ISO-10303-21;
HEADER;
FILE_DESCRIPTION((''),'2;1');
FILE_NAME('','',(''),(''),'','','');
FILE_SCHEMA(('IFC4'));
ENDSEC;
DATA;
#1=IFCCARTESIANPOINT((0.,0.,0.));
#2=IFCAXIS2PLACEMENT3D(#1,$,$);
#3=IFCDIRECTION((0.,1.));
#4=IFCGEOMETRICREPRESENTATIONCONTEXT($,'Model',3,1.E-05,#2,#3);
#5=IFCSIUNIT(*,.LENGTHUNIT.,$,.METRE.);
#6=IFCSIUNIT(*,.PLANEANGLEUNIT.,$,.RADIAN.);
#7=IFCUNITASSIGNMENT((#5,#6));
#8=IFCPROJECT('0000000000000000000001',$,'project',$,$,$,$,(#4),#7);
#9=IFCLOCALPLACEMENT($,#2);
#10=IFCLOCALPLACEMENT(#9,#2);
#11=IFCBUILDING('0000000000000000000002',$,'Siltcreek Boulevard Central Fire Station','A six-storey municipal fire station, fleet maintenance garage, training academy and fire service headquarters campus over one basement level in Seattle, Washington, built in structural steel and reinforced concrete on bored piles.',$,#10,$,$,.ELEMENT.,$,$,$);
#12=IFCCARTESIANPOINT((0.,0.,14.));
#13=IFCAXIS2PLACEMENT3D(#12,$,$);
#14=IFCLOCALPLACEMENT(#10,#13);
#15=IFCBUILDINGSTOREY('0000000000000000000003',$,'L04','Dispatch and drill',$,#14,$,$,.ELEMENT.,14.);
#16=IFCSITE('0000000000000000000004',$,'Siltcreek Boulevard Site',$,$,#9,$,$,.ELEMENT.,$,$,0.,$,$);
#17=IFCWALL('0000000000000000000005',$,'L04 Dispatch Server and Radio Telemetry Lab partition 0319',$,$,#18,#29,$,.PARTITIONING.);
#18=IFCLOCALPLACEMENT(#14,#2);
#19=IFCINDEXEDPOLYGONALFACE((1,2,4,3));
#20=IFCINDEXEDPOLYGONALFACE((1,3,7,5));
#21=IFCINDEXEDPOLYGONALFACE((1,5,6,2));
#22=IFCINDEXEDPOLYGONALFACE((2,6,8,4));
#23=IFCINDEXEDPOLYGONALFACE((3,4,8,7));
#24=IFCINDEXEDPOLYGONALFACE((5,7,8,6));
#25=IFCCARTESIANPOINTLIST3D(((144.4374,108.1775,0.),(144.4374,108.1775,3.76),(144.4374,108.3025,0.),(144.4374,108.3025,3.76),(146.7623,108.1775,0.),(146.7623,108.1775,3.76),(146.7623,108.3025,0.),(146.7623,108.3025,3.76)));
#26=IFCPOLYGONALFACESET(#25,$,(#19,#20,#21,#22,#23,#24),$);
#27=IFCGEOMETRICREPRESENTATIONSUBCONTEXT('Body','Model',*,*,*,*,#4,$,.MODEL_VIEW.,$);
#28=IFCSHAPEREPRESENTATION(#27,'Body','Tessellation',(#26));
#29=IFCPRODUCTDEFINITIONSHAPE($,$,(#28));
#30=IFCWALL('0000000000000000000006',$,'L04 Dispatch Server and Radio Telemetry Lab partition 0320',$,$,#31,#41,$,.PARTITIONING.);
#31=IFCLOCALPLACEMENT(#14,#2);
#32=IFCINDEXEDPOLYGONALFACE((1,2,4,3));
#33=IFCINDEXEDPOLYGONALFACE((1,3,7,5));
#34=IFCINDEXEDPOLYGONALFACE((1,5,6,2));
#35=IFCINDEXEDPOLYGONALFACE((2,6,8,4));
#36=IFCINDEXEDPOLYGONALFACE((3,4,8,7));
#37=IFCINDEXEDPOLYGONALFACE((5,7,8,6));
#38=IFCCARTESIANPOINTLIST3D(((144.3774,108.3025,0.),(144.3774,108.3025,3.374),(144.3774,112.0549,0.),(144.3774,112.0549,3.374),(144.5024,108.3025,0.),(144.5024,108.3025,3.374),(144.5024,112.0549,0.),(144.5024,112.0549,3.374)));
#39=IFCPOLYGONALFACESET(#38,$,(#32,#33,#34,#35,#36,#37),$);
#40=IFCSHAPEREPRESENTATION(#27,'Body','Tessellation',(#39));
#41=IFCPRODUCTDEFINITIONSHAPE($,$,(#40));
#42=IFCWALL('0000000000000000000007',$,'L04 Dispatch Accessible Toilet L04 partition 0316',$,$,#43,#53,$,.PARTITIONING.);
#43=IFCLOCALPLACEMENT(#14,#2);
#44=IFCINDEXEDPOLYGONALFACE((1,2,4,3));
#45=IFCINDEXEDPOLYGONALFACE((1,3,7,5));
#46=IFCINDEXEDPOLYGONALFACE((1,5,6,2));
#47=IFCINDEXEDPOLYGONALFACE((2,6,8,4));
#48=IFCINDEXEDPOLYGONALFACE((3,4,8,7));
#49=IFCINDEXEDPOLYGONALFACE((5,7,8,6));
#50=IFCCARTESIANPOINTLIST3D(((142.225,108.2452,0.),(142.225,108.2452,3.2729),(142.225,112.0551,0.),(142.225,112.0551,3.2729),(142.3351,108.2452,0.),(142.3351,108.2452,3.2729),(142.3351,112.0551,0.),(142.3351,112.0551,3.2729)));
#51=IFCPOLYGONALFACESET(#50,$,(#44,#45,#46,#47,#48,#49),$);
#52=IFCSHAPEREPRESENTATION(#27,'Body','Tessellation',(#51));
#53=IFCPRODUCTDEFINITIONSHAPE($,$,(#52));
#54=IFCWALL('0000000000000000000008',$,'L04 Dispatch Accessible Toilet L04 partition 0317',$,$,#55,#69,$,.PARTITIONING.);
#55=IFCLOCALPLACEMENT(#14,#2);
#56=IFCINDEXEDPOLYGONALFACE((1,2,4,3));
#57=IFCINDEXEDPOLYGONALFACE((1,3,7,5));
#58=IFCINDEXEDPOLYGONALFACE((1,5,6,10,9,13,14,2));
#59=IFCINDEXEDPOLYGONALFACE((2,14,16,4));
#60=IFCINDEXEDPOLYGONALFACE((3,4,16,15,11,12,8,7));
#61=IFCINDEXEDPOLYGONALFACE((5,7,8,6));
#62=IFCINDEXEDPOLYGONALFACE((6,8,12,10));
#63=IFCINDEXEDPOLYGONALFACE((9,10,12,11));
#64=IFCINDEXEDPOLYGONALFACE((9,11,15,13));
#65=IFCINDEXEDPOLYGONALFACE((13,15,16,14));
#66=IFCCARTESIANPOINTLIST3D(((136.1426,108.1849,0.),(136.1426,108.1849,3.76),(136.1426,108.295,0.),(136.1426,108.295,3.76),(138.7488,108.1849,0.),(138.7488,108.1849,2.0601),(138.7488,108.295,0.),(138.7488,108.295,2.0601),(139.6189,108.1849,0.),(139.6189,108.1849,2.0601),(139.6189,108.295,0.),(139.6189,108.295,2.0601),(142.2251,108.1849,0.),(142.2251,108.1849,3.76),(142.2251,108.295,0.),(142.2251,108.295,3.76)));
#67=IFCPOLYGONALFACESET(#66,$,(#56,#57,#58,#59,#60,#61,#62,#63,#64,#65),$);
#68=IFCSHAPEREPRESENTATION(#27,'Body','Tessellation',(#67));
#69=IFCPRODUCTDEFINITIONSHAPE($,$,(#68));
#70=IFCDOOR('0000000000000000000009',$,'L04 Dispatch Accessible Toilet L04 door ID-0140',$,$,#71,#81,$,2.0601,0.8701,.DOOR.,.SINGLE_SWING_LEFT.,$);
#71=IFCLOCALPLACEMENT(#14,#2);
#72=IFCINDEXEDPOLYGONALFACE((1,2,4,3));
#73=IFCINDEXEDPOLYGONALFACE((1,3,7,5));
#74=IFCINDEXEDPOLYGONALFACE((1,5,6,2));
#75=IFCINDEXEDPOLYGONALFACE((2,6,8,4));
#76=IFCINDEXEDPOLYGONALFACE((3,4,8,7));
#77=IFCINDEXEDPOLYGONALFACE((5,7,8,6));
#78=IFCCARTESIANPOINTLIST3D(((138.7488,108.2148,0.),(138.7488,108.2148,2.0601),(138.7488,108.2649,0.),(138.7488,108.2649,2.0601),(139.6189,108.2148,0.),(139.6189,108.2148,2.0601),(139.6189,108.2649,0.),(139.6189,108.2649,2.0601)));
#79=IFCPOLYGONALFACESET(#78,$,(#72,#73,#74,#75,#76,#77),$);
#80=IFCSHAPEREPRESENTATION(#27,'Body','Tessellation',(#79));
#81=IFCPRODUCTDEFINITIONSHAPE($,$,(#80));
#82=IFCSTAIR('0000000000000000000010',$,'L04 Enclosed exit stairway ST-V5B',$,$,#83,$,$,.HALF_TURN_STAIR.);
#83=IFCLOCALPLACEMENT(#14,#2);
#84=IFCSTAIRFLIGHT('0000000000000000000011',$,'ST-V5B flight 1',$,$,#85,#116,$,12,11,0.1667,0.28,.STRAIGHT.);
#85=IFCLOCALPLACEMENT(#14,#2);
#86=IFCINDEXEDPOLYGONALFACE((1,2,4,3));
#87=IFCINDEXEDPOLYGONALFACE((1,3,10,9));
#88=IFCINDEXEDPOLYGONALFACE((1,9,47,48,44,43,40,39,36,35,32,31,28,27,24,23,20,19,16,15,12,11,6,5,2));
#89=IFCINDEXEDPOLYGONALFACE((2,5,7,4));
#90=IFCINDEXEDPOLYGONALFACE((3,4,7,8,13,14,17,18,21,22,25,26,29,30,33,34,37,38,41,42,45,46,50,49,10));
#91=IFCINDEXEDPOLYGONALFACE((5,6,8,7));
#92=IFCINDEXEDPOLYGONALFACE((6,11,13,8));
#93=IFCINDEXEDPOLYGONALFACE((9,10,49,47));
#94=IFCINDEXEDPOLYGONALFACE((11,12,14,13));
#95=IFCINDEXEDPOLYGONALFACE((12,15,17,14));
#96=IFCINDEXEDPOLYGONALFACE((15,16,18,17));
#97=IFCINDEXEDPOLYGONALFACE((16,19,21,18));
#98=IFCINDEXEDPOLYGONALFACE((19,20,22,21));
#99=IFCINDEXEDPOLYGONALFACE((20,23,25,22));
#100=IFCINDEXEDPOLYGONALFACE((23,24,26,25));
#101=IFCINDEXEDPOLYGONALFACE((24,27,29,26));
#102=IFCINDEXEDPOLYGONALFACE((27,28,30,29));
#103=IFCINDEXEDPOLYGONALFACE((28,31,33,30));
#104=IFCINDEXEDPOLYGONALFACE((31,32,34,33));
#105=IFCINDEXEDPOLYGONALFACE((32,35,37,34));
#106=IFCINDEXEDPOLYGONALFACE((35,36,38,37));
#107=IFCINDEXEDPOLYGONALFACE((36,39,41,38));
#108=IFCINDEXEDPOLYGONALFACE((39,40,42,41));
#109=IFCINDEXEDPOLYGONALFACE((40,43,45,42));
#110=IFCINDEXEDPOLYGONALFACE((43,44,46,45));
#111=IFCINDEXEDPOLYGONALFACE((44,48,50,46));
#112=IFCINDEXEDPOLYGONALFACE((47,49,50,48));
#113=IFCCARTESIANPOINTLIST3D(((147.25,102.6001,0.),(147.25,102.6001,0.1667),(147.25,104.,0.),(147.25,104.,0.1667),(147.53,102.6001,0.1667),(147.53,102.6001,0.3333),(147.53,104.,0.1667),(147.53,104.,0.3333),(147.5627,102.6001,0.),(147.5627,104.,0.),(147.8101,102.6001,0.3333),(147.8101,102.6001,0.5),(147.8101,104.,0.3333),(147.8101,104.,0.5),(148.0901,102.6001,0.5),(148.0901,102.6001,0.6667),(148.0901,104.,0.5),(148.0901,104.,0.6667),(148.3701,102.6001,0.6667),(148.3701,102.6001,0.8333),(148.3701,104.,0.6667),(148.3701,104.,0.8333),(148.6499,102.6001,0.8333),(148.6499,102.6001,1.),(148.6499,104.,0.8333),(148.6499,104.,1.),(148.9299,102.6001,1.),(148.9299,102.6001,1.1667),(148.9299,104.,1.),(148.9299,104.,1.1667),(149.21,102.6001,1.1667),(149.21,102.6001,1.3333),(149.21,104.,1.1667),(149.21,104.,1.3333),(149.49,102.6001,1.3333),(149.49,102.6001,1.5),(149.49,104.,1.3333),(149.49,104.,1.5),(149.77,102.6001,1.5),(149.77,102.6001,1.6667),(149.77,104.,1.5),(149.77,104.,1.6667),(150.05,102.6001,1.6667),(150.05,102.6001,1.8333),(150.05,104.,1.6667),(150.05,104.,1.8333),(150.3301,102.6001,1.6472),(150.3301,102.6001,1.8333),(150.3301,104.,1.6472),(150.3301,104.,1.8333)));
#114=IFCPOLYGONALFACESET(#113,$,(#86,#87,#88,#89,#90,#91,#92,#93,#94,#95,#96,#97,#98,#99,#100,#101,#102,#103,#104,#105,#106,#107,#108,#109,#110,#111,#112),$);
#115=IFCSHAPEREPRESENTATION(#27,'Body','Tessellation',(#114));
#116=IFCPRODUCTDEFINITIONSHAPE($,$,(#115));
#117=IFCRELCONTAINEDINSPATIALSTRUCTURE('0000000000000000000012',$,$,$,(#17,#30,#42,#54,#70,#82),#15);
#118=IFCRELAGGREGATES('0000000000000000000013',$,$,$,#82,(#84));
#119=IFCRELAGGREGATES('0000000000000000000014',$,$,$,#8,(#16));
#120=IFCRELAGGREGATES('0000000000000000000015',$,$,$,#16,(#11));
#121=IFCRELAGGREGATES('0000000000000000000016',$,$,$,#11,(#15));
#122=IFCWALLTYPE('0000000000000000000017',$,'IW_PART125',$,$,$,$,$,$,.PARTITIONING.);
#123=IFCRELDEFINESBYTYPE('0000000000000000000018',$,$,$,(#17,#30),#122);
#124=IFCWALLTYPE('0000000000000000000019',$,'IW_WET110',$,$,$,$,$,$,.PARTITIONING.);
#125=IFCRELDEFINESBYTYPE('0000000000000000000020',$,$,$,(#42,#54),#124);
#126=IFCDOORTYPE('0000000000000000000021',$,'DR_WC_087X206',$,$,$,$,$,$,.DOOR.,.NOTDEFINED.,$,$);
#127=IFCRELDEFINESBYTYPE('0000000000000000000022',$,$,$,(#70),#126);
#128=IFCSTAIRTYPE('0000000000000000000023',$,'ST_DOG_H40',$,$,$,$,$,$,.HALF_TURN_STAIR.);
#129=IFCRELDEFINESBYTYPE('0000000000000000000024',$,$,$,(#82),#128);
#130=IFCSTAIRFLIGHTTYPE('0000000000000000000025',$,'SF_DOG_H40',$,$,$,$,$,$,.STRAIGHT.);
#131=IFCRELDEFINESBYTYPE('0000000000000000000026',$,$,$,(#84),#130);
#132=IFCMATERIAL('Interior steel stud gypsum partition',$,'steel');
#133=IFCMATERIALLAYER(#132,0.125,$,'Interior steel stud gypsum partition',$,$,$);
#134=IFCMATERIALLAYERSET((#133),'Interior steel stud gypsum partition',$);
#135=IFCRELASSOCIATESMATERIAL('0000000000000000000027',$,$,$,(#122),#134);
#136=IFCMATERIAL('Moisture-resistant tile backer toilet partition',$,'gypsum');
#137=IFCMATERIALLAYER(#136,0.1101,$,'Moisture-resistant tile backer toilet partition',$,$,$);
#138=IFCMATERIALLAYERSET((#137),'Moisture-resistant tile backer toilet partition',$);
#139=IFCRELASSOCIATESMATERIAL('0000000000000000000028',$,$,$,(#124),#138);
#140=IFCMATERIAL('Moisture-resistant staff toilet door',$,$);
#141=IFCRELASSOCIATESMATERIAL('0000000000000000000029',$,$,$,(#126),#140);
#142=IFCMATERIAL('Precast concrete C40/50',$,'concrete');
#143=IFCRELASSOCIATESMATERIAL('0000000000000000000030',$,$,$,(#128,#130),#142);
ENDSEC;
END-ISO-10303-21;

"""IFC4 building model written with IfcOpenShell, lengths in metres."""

from ifc_helpers import new_model, si_unit, direction, frame, frame_2d, origin, place, context, subcontext, project, spatial, polyline, rectangle, outline, extrude, material, layer, layer_set, type_object, element, fill, aggregate, save


model = new_model("IFC4")

# Units and contexts
model_context = context("Model", 3, precision=1e-05, world=origin(), true_north=direction((0.0, 1.0)))
body_context = subcontext(model_context, "Body", "Model", "MODEL_VIEW")
ifc_project = project(units=[si_unit("LENGTHUNIT", "METRE"), si_unit("PLANEANGLEUNIT", "RADIAN")], contexts=[model_context])

# Site, building, storey
site_placement = place(None, origin())
site = spatial("IfcSite", under=ifc_project, at=site_placement, Name="Siltcreek Boulevard Site", CompositionType="ELEMENT", RefElevation=0.0)
building_placement = place(site_placement, origin())
building = spatial("IfcBuilding", under=site, at=building_placement, Name="Siltcreek Boulevard Central Fire Station", Description="A six-storey municipal fire station, fleet maintenance garage, training academy and fire service headquarters campus over one basement level in Seattle, Washington, built in structural steel and reinforced concrete on bored piles.", CompositionType="ELEMENT")
storey_placement = place(building_placement, frame((0.0, 0.0, 14.0)))
storey = spatial("IfcBuildingStorey", under=building, at=storey_placement, Name="L04", Description="Dispatch and drill", CompositionType="ELEMENT", Elevation=14.0)

# Shared definitions
ifc_material_1 = material(Name="Interior steel stud gypsum partition", Category="steel")
ifc_layer_1 = layer(ifc_material_1, 0.125, Name="Interior steel stud gypsum partition")
ifc_layer_set_1 = layer_set([ifc_layer_1], Name="Interior steel stud gypsum partition")
wall_type_1 = type_object("IfcWallType", Name="IW_PART125", PredefinedType="PARTITIONING", material=ifc_layer_set_1)

# Walls
wall_1_placement = place(storey_placement, frame((146.7625, 108.24, 0.0), z_axis=(0.0, 0.0, 1.0), x_axis=(-1.0, 0.0, 0.0)))
element("IfcWall", 1, at=wall_1_placement, inside=storey, type_object=wall_type_1, Name="L04 Dispatch Server and Radio Telemetry Lab partition 0319", PredefinedType="PARTITIONING", context=body_context, shape_type="SweptSolid", body=[
    extrude(rectangle(XDim=2.325, YDim=0.125, at=frame_2d((1.1626, 0.0))), origin(), (0.0, 0.0, 1.0), 3.76),
])
wall_2_placement = place(storey_placement, frame((144.4399, 108.3025, 0.0), z_axis=(0.0, 0.0, 1.0), x_axis=(0.0, 1.0, 0.0)))
element("IfcWall", 2, at=wall_2_placement, inside=storey, type_object=wall_type_1, Name="L04 Dispatch Server and Radio Telemetry Lab partition 0320", PredefinedType="PARTITIONING", context=body_context, shape_type="SweptSolid", body=[
    extrude(rectangle(XDim=3.7524, YDim=0.125, at=frame_2d((1.8762, 0.0))), origin(), (0.0, 0.0, 1.0), 3.374),
])
ifc_material_2 = material(Name="Moisture-resistant tile backer toilet partition", Category="gypsum")
ifc_layer_2 = layer(ifc_material_2, 0.1101, Name="Moisture-resistant tile backer toilet partition")
ifc_layer_set_2 = layer_set([ifc_layer_2], Name="Moisture-resistant tile backer toilet partition")
wall_type_2 = type_object("IfcWallType", Name="IW_WET110", PredefinedType="PARTITIONING", material=ifc_layer_set_2)
wall_3_placement = place(storey_placement, frame((142.28, 112.0549, 0.0), z_axis=(0.0, 0.0, 1.0), x_axis=(0.0, -1.0, 0.0)))
element("IfcWall", 3, at=wall_3_placement, inside=storey, type_object=wall_type_2, Name="L04 Dispatch Accessible Toilet L04 partition 0316", PredefinedType="PARTITIONING", context=body_context, shape_type="SweptSolid", body=[
    extrude(rectangle(XDim=3.8098, YDim=0.1101, at=frame_2d((1.9048, 0.0))), origin(), (0.0, 0.0, 1.0), 3.2729),
])

# Wall, opening, door
wall_4_placement = place(storey_placement, frame((142.2251, 108.24, 0.0), z_axis=(0.0, 0.0, 1.0), x_axis=(-1.0, 0.0, 0.0)))
wall_4 = element("IfcWall", 4, at=wall_4_placement, inside=storey, type_object=wall_type_2, Name="L04 Dispatch Accessible Toilet L04 partition 0317", PredefinedType="PARTITIONING", context=body_context, shape_type="SweptSolid", body=[
    extrude(rectangle(XDim=6.0825, YDim=0.1101, at=frame_2d((3.0413, 0.0))), origin(), (0.0, 0.0, 1.0), 3.76),
])
opening_1_placement = place(wall_4_placement, frame((2.6062, 0.0, 0.0)))
opening_1 = element("IfcOpeningElement", 5, at=opening_1_placement, cuts=wall_4, PredefinedType="OPENING", context=body_context, shape_type="SweptSolid", body=[
    extrude(rectangle(XDim=0.8701, YDim=2.0601, at=frame_2d((0.4351, 1.03))), frame((0.0, 0.0649, 0.0), z_axis=(0.0, -1.0, 0.0), x_axis=(1.0, 0.0, 0.0)), (0.0, 0.0, 1.0), 0.1301),
])
ifc_material_3 = material(Name="Moisture-resistant staff toilet door")
door_type_1 = type_object("IfcDoorType", Name="DR_WC_087X206", OperationType="NOTDEFINED", PredefinedType="DOOR", material=ifc_material_3)
door_1_placement = place(opening_1_placement, frame((0.8701, 0.0, 0.0), z_axis=(0.0, 0.0, 1.0), x_axis=(-1.0, 0.0, 0.0)))
door_1 = element("IfcDoor", 6, at=door_1_placement, inside=storey, type_object=door_type_1, Name="L04 Dispatch Accessible Toilet L04 door ID-0140", OperationType="SINGLE_SWING_LEFT", OverallHeight=2.0601, OverallWidth=0.8701, PredefinedType="DOOR", context=body_context, shape_type="SweptSolid", body=[
    extrude(rectangle(XDim=0.8701, YDim=2.0601, at=frame_2d((0.4351, 1.03))), frame((0.0, 0.0249, 0.0), z_axis=(0.0, -1.0, 0.0), x_axis=(1.0, 0.0, 0.0)), (0.0, 0.0, 1.0), 0.05),
])
fill(opening_1, door_1)

# Stair, stair flight
ifc_material_4 = material(Name="Precast concrete C40/50", Category="concrete")
stair_type = type_object("IfcStairType", Name="ST_DOG_H40", PredefinedType="HALF_TURN_STAIR", material=ifc_material_4)
stair_placement = place(storey_placement, origin())
stair = element("IfcStair", 7, at=stair_placement, inside=storey, type_object=stair_type, Name="L04 Enclosed exit stairway ST-V5B", PredefinedType="HALF_TURN_STAIR")
stair_flight_type = type_object("IfcStairFlightType", Name="SF_DOG_H40", PredefinedType="STRAIGHT", material=ifc_material_4)
stair_flight_placement = place(storey_placement, frame((147.25, 103.3, 0.0), z_axis=(0.0, 0.0, 1.0), x_axis=(1.0, 0.0, 0.0)))
stair_flight = element("IfcStairFlight", 8, at=stair_flight_placement, type_object=stair_flight_type, Name="ST-V5B flight 1", NumberOfRisers=12, NumberOfTreads=11, PredefinedType="STRAIGHT", RiserHeight=0.1667, TreadLength=0.28, context=body_context, shape_type="SweptSolid", body=[
    extrude(outline(polyline([(0.0, 0.0), (0.0, 0.1667), (0.28, 0.1667), (0.28, 0.3333), (0.5601, 0.3333), (0.5601, 0.5), (0.8401, 0.5), (0.8401, 0.6667), (1.1201, 0.6667), (1.1201, 0.8333), (1.3999, 0.8333), (1.3999, 1.0), (1.6799, 1.0), (1.6799, 1.1667), (1.96, 1.1667), (1.96, 1.3333), (2.24, 1.3333), (2.24, 1.5), (2.52, 1.5), (2.52, 1.6667), (2.8, 1.6667), (2.8, 1.8333), (3.0801, 1.8333), (3.0801, 2.0), (3.0801, 1.6472), (0.3127, 0.0), (0.0, 0.0)])), frame((0.0, 0.7, 0.0), z_axis=(0.0, -1.0, 0.0), x_axis=(1.0, 0.0, 0.0)), (0.0, 0.0, 1.0), 1.3999),
])
aggregate(stair, [stair_flight])

save(model, "model.ifc")
